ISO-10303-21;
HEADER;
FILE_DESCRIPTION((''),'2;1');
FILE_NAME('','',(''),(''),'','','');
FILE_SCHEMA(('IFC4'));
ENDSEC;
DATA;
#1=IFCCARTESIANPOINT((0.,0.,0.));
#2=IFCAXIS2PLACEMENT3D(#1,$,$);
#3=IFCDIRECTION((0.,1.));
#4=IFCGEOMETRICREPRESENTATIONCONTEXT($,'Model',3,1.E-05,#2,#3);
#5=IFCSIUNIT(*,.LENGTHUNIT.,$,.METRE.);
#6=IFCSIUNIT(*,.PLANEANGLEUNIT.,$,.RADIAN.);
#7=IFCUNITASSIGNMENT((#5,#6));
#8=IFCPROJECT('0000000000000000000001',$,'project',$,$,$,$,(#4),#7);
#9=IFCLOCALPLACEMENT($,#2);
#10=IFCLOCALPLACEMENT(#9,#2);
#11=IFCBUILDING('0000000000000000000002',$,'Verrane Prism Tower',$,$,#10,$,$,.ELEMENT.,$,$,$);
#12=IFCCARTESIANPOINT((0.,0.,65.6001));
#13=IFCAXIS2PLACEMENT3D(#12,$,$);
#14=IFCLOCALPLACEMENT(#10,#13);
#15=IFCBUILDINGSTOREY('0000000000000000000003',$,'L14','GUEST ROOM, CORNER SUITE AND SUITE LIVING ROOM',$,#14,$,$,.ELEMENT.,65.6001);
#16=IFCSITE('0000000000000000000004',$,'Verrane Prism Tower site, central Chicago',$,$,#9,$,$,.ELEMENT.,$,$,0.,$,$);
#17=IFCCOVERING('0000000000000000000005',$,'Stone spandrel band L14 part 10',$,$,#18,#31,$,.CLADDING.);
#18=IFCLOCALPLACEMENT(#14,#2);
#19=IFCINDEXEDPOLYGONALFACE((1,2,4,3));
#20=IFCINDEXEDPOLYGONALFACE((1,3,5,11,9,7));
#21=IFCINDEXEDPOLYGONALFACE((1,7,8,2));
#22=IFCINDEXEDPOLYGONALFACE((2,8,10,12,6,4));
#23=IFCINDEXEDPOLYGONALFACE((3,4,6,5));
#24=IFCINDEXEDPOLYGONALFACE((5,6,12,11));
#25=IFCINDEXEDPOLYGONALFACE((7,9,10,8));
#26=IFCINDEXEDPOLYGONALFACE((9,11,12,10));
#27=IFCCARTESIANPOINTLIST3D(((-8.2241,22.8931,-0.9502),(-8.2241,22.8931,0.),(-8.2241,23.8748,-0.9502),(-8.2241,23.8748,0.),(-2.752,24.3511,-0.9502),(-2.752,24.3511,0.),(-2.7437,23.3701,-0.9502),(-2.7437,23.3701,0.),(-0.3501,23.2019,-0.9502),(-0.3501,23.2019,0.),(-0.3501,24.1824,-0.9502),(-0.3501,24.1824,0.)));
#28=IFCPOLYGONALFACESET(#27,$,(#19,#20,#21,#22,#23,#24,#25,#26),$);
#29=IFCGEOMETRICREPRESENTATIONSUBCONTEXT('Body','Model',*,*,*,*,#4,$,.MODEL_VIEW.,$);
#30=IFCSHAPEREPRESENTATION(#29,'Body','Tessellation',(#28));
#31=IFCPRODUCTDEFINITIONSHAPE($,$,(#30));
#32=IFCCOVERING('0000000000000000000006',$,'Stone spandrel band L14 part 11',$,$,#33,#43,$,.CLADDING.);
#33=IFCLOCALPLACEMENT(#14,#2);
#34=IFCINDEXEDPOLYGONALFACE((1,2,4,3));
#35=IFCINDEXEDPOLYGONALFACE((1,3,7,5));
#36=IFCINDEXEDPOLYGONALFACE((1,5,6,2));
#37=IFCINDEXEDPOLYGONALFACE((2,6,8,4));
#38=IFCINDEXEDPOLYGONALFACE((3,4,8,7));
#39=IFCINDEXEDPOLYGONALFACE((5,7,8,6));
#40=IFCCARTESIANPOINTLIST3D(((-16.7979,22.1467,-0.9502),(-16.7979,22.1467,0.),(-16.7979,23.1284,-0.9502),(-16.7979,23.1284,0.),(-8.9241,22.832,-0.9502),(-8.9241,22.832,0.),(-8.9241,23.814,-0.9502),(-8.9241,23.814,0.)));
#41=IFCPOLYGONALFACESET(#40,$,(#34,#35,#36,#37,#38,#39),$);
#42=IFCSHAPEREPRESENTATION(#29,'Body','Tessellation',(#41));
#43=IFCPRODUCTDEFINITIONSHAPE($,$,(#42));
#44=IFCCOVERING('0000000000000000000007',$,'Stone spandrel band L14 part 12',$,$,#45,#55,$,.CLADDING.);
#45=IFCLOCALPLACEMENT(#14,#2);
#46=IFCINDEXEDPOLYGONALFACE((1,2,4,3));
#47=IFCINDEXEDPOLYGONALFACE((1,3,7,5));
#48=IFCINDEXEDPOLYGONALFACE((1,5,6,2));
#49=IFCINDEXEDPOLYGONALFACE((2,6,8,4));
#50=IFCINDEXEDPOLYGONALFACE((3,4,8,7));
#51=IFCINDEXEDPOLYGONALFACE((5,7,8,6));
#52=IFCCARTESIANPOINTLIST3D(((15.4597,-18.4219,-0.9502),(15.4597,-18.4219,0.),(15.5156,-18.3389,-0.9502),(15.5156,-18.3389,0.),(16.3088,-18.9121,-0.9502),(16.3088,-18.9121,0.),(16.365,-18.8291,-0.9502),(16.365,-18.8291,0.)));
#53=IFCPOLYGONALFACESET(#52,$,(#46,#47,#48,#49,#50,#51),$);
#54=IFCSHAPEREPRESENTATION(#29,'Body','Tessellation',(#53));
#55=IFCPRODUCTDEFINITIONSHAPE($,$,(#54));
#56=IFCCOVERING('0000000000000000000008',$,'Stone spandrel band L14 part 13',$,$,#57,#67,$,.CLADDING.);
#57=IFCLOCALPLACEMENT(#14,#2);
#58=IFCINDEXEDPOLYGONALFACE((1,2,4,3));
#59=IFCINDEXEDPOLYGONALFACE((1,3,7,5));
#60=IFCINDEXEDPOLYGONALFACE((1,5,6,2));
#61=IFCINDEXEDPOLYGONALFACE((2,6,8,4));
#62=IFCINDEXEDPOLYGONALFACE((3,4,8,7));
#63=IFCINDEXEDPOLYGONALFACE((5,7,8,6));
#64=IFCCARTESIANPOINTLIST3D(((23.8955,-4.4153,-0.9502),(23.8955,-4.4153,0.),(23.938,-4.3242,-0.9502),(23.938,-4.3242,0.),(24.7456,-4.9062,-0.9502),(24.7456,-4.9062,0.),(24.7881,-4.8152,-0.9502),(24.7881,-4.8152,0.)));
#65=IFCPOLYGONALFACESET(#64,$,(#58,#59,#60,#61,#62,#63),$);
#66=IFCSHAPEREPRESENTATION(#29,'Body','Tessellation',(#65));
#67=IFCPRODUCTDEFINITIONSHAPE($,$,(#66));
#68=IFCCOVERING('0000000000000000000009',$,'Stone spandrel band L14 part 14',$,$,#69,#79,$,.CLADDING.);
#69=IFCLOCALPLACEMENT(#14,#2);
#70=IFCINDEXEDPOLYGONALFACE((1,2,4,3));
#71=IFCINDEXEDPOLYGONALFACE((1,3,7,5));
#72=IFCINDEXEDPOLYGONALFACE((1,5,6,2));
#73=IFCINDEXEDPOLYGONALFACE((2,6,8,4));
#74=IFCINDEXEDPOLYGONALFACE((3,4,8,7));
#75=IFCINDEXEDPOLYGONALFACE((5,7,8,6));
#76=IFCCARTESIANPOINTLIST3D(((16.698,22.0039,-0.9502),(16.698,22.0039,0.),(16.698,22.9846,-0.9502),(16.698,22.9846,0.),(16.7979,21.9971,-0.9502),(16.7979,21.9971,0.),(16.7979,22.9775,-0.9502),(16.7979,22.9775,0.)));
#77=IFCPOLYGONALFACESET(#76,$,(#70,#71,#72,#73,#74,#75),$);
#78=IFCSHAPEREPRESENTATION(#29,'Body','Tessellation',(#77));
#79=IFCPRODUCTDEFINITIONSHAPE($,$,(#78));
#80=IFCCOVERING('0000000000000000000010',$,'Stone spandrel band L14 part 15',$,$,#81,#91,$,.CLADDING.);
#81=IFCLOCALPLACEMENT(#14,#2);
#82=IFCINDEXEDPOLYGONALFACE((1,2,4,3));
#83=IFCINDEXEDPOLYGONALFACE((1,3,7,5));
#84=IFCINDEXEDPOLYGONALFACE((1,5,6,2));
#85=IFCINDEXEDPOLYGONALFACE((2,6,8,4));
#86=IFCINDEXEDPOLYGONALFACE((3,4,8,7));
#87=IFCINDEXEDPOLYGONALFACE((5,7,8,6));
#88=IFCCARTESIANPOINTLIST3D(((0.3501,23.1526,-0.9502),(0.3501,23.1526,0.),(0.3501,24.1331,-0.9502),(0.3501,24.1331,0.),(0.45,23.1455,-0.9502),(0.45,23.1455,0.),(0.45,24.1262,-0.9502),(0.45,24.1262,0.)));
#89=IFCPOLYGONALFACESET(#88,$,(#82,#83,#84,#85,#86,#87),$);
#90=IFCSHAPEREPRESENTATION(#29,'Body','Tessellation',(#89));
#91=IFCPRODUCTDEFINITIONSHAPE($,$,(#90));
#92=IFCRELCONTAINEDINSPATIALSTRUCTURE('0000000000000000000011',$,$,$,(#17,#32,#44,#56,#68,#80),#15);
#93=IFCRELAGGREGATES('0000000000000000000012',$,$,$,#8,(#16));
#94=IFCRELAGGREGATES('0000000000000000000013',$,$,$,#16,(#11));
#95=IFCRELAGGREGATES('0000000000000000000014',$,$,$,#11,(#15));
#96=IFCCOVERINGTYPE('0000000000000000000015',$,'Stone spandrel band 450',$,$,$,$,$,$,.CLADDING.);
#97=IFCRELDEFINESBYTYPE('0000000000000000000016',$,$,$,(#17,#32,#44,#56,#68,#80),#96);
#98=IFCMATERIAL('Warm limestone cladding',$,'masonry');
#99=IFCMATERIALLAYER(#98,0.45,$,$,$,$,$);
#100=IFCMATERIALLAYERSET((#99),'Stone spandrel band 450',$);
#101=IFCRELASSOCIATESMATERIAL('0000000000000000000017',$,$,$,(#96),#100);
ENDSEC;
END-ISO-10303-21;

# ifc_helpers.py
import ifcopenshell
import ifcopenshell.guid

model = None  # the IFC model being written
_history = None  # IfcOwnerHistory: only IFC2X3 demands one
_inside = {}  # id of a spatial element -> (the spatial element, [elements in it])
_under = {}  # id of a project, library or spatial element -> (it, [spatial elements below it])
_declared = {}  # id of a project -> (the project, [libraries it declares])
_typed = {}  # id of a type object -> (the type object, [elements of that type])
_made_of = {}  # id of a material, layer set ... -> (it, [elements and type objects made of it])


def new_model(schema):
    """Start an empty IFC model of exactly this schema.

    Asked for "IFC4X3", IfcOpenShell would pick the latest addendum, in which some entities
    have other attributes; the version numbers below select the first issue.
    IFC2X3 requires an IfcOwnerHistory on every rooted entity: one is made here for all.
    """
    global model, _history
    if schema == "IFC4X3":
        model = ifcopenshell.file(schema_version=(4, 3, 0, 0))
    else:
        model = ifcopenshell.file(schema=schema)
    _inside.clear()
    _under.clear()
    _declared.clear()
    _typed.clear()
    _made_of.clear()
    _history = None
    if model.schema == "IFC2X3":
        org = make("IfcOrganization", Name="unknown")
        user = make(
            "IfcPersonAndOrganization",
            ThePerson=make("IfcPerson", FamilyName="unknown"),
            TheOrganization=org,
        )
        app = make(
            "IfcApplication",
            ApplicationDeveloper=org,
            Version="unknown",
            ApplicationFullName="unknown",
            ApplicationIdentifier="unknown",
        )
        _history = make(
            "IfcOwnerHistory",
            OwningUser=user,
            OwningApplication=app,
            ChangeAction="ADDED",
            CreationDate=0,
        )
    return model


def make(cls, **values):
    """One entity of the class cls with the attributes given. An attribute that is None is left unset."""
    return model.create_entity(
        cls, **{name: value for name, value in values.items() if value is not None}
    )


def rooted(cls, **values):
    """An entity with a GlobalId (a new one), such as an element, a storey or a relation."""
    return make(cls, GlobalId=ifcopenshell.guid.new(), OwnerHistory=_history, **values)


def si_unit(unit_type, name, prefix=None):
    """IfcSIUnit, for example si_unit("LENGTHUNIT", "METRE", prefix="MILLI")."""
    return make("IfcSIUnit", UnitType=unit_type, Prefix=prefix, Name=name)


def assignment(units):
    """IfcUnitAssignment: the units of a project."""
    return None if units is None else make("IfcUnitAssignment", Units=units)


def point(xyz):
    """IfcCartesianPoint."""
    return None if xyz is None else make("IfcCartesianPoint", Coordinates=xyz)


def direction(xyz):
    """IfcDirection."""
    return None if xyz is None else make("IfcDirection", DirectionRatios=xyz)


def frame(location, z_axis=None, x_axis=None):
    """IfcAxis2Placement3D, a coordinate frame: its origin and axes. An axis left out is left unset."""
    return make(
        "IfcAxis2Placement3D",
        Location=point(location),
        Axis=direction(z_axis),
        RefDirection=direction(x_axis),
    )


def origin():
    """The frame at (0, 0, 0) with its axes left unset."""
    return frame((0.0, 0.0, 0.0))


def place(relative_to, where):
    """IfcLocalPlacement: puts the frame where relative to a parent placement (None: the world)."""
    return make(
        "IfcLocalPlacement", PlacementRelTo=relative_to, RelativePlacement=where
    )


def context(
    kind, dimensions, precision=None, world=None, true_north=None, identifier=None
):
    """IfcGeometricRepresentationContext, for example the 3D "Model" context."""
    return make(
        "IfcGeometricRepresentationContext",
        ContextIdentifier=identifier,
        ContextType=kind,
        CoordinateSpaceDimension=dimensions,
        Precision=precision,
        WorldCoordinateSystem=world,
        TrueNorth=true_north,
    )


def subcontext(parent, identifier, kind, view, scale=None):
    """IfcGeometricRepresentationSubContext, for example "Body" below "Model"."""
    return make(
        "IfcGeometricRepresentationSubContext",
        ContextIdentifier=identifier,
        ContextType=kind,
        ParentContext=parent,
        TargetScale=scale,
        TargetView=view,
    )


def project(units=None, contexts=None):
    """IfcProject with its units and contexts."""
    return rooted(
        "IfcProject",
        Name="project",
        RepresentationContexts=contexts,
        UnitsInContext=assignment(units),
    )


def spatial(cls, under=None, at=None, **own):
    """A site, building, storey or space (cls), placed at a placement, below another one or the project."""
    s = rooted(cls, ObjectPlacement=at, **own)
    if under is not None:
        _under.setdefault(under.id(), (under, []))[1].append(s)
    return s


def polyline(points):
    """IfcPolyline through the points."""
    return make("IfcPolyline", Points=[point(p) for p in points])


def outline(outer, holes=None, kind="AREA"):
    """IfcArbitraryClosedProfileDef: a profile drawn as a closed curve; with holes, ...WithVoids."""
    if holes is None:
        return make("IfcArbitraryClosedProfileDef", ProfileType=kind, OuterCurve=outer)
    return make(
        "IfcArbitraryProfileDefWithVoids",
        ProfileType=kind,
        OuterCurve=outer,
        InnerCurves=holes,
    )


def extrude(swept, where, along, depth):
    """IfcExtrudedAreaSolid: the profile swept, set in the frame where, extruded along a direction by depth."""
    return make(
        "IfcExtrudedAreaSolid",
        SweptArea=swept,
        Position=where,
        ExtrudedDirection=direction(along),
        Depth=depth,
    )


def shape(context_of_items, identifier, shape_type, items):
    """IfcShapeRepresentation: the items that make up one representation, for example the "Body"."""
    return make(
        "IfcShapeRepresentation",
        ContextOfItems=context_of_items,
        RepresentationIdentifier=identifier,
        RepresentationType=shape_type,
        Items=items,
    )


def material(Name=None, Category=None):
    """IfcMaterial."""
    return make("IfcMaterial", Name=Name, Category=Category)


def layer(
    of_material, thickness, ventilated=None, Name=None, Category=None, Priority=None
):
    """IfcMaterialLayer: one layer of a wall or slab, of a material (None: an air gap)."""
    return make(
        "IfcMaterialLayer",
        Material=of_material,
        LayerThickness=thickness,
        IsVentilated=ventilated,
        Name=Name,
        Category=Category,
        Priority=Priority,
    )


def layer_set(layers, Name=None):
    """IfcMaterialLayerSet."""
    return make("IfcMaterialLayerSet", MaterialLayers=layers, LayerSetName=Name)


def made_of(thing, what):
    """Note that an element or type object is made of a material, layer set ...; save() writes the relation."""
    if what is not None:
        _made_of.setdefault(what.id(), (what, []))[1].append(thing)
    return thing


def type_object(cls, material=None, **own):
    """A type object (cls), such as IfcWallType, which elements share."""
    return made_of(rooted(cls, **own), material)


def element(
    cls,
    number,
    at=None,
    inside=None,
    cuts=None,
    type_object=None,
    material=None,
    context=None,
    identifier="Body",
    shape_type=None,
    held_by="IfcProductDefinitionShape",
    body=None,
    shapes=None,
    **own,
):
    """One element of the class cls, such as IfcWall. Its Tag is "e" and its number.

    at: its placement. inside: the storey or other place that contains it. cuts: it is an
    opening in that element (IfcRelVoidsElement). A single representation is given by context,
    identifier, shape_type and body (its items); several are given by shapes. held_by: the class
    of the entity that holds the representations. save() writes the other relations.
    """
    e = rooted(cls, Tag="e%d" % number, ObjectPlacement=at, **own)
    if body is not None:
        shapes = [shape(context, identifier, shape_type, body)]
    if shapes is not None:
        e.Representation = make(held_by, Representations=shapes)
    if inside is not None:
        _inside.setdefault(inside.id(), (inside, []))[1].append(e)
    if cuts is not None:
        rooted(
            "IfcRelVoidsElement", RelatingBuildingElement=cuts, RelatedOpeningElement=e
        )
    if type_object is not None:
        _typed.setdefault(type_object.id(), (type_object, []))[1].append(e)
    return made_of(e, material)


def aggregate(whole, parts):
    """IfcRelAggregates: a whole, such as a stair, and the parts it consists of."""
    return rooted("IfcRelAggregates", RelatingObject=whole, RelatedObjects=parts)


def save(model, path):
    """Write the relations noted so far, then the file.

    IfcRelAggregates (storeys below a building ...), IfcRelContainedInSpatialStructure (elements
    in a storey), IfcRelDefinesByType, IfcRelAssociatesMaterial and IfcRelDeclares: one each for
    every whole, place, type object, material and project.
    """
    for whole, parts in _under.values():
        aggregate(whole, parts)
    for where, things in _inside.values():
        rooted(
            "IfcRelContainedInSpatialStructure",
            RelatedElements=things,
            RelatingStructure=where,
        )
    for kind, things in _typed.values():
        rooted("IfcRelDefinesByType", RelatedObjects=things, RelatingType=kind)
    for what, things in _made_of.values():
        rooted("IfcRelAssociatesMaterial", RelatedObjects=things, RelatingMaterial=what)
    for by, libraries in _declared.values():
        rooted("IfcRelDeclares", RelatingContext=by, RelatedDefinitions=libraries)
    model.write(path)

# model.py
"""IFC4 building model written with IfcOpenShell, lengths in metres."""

from ifc_helpers import new_model, si_unit, direction, frame, origin, place, context, subcontext, project, spatial, polyline, outline, extrude, material, layer, layer_set, type_object, element, save


model = new_model("IFC4")

# Units and contexts
model_context = context("Model", 3, precision=1e-05, world=origin(), true_north=direction((0.0, 1.0)))
body_context = subcontext(model_context, "Body", "Model", "MODEL_VIEW")
ifc_project = project(units=[si_unit("LENGTHUNIT", "METRE"), si_unit("PLANEANGLEUNIT", "RADIAN")], contexts=[model_context])

# Site, building, storey
site_placement = place(None, origin())
site = spatial("IfcSite", under=ifc_project, at=site_placement, Name="Verrane Prism Tower site, central Chicago", CompositionType="ELEMENT", RefElevation=0.0)
building_placement = place(site_placement, origin())
building = spatial("IfcBuilding", under=site, at=building_placement, Name="Verrane Prism Tower", CompositionType="ELEMENT")
storey_placement = place(building_placement, frame((0.0, 0.0, 65.6001)))
storey = spatial("IfcBuildingStorey", under=building, at=storey_placement, Name="L14", Description="GUEST ROOM, CORNER SUITE AND SUITE LIVING ROOM", CompositionType="ELEMENT", Elevation=65.6001)

# Coverings
ifc_material_1 = material(Name="Warm limestone cladding", Category="masonry")
ifc_layer_1 = layer(ifc_material_1, 0.45)
ifc_layer_set_1 = layer_set([ifc_layer_1], Name="Stone spandrel band 450")
covering_type_1 = type_object("IfcCoveringType", Name="Stone spandrel band 450", PredefinedType="CLADDING", material=ifc_layer_set_1)
covering_1_placement = place(storey_placement, frame((0.0, 0.0, -0.9502)))
element("IfcCovering", 1, at=covering_1_placement, inside=storey, type_object=covering_type_1, Name="Stone spandrel band L14 part 10", PredefinedType="CLADDING", context=body_context, shape_type="SweptSolid", body=[
    extrude(outline(polyline([(-8.2241, 22.8931), (-2.7437, 23.3701), (-0.3501, 23.2019), (-0.3501, 24.1824), (-2.752, 24.3511), (-8.2241, 23.8748), (-8.2241, 22.8931)])), origin(), (0.0, 0.0, 1.0), 0.9502),
])
covering_2_placement = place(storey_placement, frame((0.0, 0.0, -0.9502)))
element("IfcCovering", 2, at=covering_2_placement, inside=storey, type_object=covering_type_1, Name="Stone spandrel band L14 part 11", PredefinedType="CLADDING", context=body_context, shape_type="SweptSolid", body=[
    extrude(outline(polyline([(-8.9241, 23.814), (-16.7979, 23.1284), (-16.7979, 22.1467), (-8.9241, 22.832), (-8.9241, 23.814)])), origin(), (0.0, 0.0, 1.0), 0.9502),
])
covering_3_placement = place(storey_placement, frame((0.0, 0.0, -0.9502)))
element("IfcCovering", 3, at=covering_3_placement, inside=storey, type_object=covering_type_1, Name="Stone spandrel band L14 part 12", PredefinedType="CLADDING", context=body_context, shape_type="SweptSolid", body=[
    extrude(outline(polyline([(16.3088, -18.9121), (16.365, -18.8291), (15.5156, -18.3389), (15.4597, -18.4219), (16.3088, -18.9121)])), origin(), (0.0, 0.0, 1.0), 0.9502),
])
covering_4_placement = place(storey_placement, frame((0.0, 0.0, -0.9502)))
element("IfcCovering", 4, at=covering_4_placement, inside=storey, type_object=covering_type_1, Name="Stone spandrel band L14 part 13", PredefinedType="CLADDING", context=body_context, shape_type="SweptSolid", body=[
    extrude(outline(polyline([(23.8955, -4.4153), (24.7456, -4.9062), (24.7881, -4.8152), (23.938, -4.3242), (23.8955, -4.4153)])), origin(), (0.0, 0.0, 1.0), 0.9502),
])
covering_5_placement = place(storey_placement, frame((0.0, 0.0, -0.9502)))
element("IfcCovering", 5, at=covering_5_placement, inside=storey, type_object=covering_type_1, Name="Stone spandrel band L14 part 14", PredefinedType="CLADDING", context=body_context, shape_type="SweptSolid", body=[
    extrude(outline(polyline([(16.7979, 22.9775), (16.698, 22.9846), (16.698, 22.0039), (16.7979, 21.9971), (16.7979, 22.9775)])), origin(), (0.0, 0.0, 1.0), 0.9502),
])
covering_6_placement = place(storey_placement, frame((0.0, 0.0, -0.9502)))
element("IfcCovering", 6, at=covering_6_placement, inside=storey, type_object=covering_type_1, Name="Stone spandrel band L14 part 15", PredefinedType="CLADDING", context=body_context, shape_type="SweptSolid", body=[
    extrude(outline(polyline([(0.45, 23.1455), (0.45, 24.1262), (0.3501, 24.1331), (0.3501, 23.1526), (0.45, 23.1455)])), origin(), (0.0, 0.0, 1.0), 0.9502),
])

save(model, "model.ifc")
